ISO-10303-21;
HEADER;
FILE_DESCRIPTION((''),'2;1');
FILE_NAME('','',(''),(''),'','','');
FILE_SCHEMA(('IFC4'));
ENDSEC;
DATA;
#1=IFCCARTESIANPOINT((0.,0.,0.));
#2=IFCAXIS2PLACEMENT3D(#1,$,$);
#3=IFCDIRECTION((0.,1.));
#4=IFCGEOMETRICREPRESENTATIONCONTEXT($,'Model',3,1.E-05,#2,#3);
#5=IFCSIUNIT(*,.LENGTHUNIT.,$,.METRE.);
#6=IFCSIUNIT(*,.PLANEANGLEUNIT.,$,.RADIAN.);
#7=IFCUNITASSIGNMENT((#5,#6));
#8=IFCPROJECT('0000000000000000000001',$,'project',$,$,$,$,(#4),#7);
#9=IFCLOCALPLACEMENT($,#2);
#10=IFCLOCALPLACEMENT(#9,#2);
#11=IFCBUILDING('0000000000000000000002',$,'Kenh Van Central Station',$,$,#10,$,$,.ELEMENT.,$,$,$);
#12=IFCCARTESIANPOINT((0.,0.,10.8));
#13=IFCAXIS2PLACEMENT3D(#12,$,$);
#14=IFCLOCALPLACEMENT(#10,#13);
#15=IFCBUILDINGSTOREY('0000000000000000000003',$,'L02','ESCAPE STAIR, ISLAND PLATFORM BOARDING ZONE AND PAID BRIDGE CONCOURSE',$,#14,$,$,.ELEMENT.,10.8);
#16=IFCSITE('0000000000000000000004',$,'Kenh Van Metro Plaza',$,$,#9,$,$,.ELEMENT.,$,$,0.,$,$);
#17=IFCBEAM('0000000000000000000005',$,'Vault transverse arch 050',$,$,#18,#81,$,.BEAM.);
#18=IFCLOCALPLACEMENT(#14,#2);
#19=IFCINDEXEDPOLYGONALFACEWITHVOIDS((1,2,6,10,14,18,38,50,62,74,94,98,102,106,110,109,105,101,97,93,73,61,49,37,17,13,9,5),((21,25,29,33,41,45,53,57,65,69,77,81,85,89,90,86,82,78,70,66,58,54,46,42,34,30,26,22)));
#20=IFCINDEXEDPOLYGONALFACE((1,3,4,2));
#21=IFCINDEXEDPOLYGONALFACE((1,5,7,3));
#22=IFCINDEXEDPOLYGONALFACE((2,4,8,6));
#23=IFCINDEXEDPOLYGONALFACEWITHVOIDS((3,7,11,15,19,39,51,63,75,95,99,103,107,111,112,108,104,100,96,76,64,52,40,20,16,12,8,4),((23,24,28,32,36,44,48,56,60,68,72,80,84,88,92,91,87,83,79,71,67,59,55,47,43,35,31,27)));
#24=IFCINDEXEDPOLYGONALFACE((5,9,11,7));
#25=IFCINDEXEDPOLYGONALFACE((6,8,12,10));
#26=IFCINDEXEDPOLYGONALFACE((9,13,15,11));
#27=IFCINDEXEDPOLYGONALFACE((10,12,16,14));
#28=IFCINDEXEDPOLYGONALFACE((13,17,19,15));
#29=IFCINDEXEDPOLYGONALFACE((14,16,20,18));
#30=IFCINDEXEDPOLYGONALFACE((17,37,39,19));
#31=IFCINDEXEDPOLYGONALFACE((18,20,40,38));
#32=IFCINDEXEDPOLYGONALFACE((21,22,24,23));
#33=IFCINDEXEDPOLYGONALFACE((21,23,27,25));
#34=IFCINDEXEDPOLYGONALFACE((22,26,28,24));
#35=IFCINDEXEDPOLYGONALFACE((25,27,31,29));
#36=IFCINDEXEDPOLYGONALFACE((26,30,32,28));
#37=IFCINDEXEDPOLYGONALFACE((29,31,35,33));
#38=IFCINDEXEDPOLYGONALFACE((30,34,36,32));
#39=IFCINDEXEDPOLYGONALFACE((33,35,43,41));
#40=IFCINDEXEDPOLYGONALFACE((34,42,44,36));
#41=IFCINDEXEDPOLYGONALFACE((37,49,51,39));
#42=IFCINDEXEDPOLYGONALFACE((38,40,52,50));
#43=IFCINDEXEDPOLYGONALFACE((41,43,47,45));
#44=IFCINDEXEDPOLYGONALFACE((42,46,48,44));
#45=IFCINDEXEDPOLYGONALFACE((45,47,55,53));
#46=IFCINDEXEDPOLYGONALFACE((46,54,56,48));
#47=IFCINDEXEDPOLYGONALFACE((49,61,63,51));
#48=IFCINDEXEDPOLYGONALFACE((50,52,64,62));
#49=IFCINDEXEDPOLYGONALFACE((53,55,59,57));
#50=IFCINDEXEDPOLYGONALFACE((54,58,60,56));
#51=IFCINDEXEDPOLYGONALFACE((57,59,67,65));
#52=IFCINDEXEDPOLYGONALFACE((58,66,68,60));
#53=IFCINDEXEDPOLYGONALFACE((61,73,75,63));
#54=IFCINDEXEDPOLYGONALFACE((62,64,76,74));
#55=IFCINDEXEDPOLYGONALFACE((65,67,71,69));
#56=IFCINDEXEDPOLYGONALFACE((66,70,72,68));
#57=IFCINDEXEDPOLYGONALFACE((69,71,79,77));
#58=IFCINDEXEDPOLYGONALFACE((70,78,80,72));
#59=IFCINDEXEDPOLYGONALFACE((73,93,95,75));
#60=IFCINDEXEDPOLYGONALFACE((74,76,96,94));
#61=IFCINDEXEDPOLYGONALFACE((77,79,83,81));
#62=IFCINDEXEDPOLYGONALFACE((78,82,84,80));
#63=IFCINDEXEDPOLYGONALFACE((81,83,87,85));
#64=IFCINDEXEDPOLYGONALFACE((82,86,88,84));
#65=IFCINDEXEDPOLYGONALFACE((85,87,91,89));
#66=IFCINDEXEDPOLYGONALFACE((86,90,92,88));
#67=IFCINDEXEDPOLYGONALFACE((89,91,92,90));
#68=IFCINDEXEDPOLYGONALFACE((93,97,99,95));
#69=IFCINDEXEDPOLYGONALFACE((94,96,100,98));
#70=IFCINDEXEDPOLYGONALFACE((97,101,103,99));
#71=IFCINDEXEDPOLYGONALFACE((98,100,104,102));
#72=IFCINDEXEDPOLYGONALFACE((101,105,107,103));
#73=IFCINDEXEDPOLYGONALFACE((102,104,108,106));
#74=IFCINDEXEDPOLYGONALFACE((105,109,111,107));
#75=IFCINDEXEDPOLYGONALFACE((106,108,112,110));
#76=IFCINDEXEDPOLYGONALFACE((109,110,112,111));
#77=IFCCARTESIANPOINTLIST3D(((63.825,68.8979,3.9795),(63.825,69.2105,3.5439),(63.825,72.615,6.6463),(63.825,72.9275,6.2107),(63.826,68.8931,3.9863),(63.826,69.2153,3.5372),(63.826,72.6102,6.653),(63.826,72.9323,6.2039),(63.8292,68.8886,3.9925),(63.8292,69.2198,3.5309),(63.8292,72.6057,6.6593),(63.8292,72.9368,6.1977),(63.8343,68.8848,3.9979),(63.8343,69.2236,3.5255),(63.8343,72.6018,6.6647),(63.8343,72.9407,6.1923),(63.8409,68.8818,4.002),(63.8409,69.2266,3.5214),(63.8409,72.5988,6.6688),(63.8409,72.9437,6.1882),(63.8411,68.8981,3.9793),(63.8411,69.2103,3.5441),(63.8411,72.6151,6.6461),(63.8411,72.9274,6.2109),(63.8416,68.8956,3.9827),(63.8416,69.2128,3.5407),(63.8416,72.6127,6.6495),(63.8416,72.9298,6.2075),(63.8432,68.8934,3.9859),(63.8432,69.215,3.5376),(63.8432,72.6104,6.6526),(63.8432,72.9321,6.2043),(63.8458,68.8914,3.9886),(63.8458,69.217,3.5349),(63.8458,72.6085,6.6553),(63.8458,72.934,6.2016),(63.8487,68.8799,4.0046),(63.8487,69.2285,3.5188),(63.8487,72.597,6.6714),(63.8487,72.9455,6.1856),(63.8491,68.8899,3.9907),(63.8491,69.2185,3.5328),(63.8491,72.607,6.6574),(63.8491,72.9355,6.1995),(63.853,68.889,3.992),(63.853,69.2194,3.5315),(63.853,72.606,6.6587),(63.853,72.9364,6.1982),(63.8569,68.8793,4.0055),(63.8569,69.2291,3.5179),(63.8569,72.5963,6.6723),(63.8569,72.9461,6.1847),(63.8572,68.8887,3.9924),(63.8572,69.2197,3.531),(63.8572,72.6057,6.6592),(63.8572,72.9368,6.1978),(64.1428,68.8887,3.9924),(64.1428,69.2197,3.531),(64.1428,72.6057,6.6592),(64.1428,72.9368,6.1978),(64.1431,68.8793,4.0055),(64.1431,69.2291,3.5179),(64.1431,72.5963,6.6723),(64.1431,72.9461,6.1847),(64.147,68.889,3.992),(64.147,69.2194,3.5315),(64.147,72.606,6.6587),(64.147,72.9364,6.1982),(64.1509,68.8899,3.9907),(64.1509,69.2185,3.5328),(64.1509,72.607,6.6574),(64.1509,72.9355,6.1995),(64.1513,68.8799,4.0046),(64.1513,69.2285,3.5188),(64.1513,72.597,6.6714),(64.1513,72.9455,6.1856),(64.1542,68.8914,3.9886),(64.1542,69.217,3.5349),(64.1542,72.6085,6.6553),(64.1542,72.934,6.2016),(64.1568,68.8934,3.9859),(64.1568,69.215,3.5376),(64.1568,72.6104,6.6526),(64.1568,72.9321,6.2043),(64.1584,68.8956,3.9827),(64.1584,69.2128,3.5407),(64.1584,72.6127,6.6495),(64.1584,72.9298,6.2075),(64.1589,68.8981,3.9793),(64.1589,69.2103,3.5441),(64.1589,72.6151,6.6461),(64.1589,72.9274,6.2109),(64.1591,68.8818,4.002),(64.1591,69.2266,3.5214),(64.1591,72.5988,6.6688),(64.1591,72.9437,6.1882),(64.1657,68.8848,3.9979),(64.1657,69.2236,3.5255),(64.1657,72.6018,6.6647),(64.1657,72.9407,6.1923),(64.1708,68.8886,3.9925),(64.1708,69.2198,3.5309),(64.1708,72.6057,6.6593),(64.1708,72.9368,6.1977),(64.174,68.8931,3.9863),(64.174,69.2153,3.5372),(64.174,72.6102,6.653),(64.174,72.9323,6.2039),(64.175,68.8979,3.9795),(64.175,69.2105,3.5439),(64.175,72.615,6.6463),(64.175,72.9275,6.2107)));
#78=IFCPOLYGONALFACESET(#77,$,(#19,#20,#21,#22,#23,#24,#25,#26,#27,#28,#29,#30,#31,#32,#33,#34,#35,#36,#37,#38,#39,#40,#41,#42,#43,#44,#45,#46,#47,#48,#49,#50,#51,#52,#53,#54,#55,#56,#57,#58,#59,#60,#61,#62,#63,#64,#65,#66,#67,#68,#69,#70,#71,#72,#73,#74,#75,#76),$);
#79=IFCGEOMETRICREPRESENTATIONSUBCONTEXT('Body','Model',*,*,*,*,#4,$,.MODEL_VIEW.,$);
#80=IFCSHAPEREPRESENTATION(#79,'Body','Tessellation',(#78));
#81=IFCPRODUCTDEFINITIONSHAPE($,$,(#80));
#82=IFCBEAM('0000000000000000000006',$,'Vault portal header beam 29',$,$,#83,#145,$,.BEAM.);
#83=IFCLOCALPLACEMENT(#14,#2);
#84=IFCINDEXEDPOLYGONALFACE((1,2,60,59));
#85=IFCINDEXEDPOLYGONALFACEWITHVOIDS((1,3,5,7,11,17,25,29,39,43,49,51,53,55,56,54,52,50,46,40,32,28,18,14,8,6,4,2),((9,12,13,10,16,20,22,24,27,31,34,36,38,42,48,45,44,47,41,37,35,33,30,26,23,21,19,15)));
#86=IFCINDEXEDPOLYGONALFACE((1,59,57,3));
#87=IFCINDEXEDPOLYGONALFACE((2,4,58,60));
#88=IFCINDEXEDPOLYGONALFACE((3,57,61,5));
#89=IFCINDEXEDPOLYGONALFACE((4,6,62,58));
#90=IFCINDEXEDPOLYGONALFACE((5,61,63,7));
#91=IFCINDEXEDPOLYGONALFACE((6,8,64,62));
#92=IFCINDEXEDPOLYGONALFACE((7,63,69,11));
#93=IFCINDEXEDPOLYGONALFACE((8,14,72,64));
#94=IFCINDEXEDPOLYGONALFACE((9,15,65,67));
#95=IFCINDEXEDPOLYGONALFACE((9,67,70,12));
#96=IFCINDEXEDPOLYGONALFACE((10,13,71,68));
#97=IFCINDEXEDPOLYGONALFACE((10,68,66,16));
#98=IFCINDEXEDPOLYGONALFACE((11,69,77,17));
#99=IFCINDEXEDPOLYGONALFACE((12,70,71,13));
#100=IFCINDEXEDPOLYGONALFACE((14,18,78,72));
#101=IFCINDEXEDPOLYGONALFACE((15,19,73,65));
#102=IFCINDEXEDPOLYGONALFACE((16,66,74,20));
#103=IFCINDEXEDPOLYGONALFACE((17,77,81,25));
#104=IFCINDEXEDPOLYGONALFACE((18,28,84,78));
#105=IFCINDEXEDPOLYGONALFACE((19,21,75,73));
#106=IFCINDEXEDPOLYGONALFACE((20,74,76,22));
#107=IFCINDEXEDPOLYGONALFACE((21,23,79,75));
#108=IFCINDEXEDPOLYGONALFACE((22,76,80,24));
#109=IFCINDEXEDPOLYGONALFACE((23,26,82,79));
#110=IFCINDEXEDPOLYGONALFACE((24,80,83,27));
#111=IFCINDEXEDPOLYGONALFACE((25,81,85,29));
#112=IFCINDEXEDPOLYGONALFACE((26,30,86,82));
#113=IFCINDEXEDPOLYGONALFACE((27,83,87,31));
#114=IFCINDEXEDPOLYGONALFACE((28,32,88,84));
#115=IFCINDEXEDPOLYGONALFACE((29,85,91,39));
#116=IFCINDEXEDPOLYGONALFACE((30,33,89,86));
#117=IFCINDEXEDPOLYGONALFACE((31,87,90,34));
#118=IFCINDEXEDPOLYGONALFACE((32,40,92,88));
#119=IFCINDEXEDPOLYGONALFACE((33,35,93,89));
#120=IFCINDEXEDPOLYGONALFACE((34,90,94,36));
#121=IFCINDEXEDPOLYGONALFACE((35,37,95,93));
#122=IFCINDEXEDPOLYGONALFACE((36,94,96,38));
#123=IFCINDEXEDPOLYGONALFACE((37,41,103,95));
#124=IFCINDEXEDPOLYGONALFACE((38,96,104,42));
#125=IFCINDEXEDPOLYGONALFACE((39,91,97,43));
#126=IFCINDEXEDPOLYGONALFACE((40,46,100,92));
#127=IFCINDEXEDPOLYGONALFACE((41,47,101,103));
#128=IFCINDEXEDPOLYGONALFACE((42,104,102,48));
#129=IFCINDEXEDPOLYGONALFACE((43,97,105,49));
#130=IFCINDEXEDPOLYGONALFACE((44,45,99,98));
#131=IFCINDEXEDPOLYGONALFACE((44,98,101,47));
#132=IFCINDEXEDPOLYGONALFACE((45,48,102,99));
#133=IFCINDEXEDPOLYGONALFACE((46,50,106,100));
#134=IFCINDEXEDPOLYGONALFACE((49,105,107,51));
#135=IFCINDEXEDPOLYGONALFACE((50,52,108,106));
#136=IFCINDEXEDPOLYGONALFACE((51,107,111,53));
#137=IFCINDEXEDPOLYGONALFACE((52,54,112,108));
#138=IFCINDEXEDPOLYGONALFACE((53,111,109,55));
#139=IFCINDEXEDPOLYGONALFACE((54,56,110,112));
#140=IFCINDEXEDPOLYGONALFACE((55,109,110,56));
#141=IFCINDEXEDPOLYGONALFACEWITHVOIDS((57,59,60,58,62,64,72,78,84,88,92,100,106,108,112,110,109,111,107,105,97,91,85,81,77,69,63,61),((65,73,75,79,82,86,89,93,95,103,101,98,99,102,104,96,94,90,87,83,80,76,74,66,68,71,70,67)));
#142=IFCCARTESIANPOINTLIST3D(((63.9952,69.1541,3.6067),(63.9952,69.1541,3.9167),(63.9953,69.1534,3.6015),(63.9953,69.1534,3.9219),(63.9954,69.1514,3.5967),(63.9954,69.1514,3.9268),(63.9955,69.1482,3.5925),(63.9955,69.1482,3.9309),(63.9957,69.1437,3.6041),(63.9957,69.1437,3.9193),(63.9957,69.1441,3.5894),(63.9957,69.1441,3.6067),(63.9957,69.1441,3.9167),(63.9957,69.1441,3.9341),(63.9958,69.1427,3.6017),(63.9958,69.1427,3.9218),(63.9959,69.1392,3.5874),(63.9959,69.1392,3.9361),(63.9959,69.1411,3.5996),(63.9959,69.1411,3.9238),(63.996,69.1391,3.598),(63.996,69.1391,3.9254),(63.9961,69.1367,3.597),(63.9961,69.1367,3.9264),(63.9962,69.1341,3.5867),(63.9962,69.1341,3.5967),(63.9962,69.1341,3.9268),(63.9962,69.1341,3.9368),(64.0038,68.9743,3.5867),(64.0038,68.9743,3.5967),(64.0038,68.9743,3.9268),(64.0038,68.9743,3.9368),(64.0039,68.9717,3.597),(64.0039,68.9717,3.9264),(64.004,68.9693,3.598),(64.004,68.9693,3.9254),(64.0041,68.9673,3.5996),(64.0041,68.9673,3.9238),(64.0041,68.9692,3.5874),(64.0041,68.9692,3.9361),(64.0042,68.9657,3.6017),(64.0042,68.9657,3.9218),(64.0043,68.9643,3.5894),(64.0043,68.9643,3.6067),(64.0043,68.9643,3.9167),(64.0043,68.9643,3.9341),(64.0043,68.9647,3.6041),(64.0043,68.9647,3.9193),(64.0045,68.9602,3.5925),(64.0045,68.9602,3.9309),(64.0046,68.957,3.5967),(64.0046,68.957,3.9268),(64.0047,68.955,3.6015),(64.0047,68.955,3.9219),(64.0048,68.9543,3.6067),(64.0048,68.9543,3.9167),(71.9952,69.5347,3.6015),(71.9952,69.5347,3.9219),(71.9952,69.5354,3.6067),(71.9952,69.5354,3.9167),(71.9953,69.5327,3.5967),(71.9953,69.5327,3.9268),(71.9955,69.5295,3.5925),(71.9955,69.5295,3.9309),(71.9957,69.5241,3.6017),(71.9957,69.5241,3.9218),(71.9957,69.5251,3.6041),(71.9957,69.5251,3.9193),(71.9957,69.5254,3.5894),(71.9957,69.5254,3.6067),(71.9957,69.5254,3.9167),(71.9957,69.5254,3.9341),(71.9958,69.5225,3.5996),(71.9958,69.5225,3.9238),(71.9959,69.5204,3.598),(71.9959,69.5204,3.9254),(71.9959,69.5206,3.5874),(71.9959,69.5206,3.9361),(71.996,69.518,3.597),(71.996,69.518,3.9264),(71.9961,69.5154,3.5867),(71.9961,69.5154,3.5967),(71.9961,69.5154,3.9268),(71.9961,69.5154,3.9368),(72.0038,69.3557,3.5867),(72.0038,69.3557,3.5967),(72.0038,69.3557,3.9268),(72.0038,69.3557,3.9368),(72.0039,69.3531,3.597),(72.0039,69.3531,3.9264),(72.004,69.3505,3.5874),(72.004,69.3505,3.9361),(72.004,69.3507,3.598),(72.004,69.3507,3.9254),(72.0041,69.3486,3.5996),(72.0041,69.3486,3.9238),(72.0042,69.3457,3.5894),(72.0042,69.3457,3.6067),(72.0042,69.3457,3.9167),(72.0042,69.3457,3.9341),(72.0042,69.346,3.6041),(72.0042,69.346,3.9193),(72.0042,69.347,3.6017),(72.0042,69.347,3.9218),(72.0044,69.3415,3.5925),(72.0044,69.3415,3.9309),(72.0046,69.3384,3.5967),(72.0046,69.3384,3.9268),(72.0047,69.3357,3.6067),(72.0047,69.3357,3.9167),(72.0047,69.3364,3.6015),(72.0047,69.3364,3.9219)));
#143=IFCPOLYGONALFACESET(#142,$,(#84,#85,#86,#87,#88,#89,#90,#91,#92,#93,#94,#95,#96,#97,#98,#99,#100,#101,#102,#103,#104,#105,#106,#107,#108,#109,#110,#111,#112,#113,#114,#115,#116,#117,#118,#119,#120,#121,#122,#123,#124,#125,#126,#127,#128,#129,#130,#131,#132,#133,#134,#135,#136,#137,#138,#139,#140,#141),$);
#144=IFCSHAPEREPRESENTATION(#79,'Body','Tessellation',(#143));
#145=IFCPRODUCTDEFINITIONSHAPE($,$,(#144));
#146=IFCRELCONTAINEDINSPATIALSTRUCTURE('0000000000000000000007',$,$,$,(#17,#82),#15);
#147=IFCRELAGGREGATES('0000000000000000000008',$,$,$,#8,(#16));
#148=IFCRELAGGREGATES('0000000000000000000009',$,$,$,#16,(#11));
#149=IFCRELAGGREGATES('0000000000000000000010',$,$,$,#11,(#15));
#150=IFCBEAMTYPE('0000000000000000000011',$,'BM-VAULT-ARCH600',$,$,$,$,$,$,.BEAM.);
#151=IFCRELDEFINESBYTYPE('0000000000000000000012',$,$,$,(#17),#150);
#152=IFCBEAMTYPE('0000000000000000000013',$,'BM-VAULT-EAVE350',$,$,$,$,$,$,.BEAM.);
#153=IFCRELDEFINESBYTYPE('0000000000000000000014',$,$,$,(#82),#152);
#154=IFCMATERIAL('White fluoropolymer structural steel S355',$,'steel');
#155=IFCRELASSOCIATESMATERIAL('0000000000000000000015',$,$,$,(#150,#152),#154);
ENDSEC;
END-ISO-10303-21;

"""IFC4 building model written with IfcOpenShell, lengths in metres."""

from ifc_helpers import new_model, si_unit, direction, frame, origin, origin_2d, place, context, subcontext, project, spatial, hollow_rectangle, extrude, material, material_profile, profile_set, type_object, element, save


model = new_model("IFC4")

# Units and contexts
model_context = context("Model", 3, precision=1e-05, world=origin(), true_north=direction((0.0, 1.0)))
body_context = subcontext(model_context, "Body", "Model", "MODEL_VIEW")
ifc_project = project(units=[si_unit("LENGTHUNIT", "METRE"), si_unit("PLANEANGLEUNIT", "RADIAN")], contexts=[model_context])

# Site, building, storey
site_placement = place(None, origin())
site = spatial("IfcSite", under=ifc_project, at=site_placement, Name="Kenh Van Metro Plaza", CompositionType="ELEMENT", RefElevation=0.0)
building_placement = place(site_placement, origin())
building = spatial("IfcBuilding", under=site, at=building_placement, Name="Kenh Van Central Station", CompositionType="ELEMENT")
storey_placement = place(building_placement, frame((0.0, 0.0, 10.8)))
storey = spatial("IfcBuildingStorey", under=building, at=storey_placement, Name="L02", Description="ESCAPE STAIR, ISLAND PLATFORM BOARDING ZONE AND PAID BRIDGE CONCOURSE", CompositionType="ELEMENT", Elevation=10.8)

# Beams
ifc_material_1 = material(Name="White fluoropolymer structural steel S355", Category="steel")
ifc_material_profile_1 = material_profile(ifc_material_1, hollow_rectangle(XDim=0.3501, YDim=0.6001, WallThickness=0.0161, InnerFilletRadius=0.0161, OuterFilletRadius=0.032, at=origin_2d()), Name="RHS 600x350x16")
ifc_profile_set_1 = profile_set([ifc_material_profile_1], Name="White fluoropolymer structural steel S355")
beam_type_1 = type_object("IfcBeamType", Name="BM-VAULT-ARCH600", PredefinedType="BEAM", material=ifc_profile_set_1)
beam_1_placement = place(storey_placement, frame((64.0, 69.0542, 3.7617), z_axis=(0.0, 0.81252, 0.582933), x_axis=(-1.0, 0.0, 0.0)))
element("IfcBeam", 1, at=beam_1_placement, inside=storey, type_object=beam_type_1, Name="Vault transverse arch 050", PredefinedType="BEAM", context=body_context, shape_type="SweptSolid", body=[
    extrude(hollow_rectangle(XDim=0.3501, YDim=0.6001, WallThickness=0.0161, InnerFilletRadius=0.0161, OuterFilletRadius=0.032, at=origin_2d()), origin(), (0.0, 0.0, 1.0), 4.5747),
])
ifc_material_profile_2 = material_profile(ifc_material_1, hollow_rectangle(XDim=0.2, YDim=0.3501, WallThickness=0.01, InnerFilletRadius=0.01, OuterFilletRadius=0.02, at=origin_2d()), Name="RHS 350x200x10")
ifc_profile_set_2 = profile_set([ifc_material_profile_2], Name="White fluoropolymer structural steel S355")
beam_type_2 = type_object("IfcBeamType", Name="BM-VAULT-EAVE350", PredefinedType="BEAM", material=ifc_profile_set_2)
beam_2_placement = place(storey_placement, frame((64.0, 69.0542, 3.7617), z_axis=(0.998866, 0.047614, 0.0), x_axis=(-0.047614, 0.998866, 0.0)))
element("IfcBeam", 2, at=beam_2_placement, inside=storey, type_object=beam_type_2, Name="Vault portal header beam 29", PredefinedType="BEAM", context=body_context, shape_type="SweptSolid", body=[
    extrude(hollow_rectangle(XDim=0.2, YDim=0.3501, WallThickness=0.01, InnerFilletRadius=0.01, OuterFilletRadius=0.02, at=origin_2d()), origin(), (0.0, 0.0, 1.0), 8.009),
])

save(model, "model.ifc")
